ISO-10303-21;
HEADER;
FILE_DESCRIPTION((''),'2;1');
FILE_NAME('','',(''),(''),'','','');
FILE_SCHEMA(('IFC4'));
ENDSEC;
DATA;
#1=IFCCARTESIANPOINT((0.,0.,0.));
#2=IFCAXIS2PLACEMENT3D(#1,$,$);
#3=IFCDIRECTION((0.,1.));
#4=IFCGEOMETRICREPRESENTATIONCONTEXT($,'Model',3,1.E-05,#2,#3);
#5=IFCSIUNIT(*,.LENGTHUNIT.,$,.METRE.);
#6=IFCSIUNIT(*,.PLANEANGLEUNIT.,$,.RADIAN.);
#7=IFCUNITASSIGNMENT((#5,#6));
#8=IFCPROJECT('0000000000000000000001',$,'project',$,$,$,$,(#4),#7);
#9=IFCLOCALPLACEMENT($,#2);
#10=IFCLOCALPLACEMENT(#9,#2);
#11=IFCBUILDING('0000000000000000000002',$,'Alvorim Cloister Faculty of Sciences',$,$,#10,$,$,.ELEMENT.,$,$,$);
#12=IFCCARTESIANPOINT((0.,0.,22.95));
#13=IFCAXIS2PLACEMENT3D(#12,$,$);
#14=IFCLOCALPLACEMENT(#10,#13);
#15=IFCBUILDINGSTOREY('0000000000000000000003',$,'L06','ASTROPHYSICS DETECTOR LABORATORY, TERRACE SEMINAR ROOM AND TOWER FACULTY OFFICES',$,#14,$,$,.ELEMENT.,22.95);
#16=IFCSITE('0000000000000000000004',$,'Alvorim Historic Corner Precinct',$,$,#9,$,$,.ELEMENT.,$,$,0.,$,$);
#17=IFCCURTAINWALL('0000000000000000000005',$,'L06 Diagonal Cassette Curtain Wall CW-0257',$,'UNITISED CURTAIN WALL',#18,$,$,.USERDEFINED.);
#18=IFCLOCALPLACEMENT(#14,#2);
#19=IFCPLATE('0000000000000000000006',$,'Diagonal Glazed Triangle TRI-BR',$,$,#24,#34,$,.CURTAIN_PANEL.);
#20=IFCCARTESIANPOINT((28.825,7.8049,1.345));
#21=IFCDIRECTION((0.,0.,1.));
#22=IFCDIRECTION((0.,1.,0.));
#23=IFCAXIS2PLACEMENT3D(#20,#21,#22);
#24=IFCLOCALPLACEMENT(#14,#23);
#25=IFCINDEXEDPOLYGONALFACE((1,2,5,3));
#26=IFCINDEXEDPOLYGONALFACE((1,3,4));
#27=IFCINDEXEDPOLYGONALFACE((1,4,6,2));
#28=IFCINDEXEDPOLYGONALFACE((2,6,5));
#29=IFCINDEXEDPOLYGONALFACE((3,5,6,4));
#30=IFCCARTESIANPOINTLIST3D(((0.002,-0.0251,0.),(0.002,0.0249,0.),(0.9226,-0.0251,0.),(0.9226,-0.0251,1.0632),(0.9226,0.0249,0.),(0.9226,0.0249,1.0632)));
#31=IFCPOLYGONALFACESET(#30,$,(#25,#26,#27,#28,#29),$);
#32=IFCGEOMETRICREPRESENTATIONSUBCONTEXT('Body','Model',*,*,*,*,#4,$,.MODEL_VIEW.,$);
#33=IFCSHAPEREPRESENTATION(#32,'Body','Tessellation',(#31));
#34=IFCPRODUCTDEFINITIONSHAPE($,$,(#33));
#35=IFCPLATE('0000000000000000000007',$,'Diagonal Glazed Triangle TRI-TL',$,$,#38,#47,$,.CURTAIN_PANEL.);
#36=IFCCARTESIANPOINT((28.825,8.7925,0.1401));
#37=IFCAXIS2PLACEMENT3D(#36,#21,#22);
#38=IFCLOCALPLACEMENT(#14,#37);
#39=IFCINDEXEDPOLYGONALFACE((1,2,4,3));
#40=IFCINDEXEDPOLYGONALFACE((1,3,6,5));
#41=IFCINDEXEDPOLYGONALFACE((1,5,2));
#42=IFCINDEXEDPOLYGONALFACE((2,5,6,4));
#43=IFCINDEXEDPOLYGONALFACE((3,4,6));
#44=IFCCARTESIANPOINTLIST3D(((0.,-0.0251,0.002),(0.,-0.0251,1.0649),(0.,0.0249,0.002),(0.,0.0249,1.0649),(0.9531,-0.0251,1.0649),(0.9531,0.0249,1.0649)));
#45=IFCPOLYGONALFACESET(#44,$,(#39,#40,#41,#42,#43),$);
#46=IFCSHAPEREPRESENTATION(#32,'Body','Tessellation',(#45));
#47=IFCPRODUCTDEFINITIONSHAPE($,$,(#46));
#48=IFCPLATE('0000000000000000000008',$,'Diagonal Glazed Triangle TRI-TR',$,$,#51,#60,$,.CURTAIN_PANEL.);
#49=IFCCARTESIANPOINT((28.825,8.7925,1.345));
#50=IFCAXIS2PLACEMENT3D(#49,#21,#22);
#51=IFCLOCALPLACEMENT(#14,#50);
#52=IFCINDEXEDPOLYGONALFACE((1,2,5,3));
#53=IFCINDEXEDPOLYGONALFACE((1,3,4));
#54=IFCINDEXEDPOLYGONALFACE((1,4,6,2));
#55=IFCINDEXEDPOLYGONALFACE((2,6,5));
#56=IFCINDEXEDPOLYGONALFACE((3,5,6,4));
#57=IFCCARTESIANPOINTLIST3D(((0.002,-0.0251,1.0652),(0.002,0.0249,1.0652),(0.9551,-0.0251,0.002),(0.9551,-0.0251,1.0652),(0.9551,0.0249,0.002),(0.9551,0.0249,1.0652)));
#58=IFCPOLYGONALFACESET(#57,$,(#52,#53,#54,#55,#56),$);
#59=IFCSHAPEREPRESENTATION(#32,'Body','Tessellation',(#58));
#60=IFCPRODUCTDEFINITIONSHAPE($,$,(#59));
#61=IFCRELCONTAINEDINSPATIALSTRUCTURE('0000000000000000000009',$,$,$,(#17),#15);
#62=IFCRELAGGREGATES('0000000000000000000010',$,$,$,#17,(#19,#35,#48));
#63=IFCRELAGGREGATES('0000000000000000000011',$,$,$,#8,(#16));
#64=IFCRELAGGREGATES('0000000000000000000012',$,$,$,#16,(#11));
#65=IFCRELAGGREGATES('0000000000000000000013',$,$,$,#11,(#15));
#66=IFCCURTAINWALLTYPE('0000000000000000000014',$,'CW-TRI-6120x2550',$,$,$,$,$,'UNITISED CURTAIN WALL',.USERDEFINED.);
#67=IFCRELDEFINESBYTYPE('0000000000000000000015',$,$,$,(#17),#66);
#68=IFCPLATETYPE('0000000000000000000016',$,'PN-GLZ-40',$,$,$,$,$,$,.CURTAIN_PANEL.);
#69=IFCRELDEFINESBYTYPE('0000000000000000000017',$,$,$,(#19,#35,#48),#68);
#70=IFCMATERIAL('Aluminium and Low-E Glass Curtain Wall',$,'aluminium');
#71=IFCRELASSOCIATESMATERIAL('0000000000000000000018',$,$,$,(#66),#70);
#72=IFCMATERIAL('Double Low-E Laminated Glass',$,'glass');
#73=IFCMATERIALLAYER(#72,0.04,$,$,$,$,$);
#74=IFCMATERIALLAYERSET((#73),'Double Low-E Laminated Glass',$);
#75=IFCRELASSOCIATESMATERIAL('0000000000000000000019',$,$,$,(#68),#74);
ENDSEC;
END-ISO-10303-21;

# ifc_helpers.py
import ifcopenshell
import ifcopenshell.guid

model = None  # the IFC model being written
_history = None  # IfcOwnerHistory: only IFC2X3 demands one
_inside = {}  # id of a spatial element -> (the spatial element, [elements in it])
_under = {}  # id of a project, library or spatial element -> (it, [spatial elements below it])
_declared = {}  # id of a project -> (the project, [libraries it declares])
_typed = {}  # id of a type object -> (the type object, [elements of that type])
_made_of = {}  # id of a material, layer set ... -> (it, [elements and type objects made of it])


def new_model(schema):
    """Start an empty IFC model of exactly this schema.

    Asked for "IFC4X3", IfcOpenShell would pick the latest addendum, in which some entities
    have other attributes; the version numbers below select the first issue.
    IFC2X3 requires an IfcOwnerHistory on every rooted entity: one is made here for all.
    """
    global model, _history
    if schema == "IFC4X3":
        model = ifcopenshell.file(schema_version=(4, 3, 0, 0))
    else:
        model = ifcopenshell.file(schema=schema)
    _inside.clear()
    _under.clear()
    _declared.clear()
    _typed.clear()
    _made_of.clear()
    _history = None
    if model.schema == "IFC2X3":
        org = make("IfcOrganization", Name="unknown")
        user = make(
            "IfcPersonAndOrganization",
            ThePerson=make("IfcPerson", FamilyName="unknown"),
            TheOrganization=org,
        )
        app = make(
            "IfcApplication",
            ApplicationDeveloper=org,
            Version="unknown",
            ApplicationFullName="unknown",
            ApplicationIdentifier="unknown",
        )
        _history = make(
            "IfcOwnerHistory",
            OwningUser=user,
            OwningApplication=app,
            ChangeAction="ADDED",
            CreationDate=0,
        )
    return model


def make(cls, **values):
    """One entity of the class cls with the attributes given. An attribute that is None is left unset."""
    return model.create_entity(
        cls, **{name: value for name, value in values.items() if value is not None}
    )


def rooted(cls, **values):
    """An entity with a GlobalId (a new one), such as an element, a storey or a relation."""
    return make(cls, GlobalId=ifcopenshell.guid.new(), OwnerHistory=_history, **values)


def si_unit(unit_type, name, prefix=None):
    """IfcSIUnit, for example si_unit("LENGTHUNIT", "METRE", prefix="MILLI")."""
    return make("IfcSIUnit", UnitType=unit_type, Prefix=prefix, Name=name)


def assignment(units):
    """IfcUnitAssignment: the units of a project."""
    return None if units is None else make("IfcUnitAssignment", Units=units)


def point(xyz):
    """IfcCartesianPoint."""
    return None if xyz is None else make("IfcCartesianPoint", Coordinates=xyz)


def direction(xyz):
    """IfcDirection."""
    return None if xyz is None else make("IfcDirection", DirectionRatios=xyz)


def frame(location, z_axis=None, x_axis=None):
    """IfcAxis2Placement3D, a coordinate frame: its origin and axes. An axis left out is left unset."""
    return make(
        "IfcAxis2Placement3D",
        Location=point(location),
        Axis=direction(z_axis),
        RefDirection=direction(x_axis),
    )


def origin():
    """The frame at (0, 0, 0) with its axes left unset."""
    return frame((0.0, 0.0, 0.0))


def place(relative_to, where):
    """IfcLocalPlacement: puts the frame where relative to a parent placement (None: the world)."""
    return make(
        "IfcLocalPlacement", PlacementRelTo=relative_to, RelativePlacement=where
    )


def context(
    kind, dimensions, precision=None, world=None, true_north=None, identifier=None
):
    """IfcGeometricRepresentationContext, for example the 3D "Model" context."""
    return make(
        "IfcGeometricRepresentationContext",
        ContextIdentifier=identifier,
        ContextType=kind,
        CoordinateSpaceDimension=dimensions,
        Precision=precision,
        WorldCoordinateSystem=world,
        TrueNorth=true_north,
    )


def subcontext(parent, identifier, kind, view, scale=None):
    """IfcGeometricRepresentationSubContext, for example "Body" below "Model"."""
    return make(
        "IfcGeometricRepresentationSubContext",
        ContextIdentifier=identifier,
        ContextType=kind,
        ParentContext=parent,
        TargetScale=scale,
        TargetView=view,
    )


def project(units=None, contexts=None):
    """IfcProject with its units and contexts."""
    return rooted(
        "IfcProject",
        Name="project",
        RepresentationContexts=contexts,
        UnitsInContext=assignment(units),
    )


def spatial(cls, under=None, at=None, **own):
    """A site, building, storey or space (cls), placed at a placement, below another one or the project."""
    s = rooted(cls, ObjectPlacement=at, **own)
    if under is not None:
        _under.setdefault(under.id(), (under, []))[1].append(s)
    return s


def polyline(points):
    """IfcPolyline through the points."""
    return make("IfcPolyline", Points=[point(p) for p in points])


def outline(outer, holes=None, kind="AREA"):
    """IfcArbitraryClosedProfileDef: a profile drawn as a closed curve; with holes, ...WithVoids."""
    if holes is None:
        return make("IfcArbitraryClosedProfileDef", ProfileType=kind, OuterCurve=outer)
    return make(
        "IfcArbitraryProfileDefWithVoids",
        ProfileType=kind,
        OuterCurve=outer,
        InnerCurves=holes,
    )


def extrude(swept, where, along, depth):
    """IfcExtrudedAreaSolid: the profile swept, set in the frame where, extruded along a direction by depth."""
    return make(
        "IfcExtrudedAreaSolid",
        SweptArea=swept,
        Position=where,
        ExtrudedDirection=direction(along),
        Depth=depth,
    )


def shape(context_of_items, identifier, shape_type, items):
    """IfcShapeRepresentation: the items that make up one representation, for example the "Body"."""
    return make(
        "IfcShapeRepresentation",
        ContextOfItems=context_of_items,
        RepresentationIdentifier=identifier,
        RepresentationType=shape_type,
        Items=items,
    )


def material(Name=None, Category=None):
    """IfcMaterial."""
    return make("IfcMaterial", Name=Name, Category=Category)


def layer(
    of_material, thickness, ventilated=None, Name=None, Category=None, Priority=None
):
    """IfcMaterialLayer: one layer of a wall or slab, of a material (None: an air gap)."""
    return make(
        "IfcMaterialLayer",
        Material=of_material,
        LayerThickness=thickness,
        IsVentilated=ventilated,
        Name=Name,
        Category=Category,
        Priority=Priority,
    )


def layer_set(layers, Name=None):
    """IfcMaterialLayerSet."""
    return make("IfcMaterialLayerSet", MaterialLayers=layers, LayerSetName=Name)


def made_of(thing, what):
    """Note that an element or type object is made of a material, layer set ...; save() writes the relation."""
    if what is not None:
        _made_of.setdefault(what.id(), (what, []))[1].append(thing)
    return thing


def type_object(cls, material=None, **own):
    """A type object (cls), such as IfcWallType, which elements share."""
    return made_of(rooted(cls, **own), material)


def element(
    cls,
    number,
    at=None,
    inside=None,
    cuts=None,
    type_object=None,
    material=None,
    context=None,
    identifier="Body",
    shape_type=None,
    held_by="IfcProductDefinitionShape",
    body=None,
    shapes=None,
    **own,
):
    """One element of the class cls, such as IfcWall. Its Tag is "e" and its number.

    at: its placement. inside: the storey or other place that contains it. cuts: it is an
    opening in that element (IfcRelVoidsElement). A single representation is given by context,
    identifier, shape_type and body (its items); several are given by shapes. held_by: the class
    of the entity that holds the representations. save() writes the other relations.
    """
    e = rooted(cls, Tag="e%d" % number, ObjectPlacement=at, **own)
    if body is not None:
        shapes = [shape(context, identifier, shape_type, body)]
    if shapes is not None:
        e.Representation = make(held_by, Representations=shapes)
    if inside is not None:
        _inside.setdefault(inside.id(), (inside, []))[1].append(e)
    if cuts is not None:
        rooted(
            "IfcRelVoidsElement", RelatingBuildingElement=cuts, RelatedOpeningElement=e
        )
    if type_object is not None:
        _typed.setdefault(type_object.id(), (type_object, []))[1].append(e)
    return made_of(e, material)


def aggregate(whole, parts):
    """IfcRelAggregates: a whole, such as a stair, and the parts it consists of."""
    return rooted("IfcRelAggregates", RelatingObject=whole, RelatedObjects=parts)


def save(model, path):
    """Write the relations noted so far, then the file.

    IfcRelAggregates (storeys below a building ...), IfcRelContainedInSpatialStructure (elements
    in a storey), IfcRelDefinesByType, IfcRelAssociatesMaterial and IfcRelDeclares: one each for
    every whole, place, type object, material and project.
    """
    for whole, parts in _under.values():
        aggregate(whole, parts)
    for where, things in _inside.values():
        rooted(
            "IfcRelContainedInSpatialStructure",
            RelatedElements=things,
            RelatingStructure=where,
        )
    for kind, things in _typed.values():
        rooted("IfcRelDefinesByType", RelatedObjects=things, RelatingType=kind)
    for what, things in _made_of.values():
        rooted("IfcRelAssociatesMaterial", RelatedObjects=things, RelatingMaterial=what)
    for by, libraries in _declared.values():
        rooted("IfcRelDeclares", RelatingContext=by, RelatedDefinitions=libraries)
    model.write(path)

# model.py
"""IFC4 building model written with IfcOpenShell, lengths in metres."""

from ifc_helpers import new_model, si_unit, direction, frame, origin, place, context, subcontext, project, spatial, polyline, outline, extrude, material, layer, layer_set, type_object, element, aggregate, save


model = new_model("IFC4")

# Units and contexts
model_context = context("Model", 3, precision=1e-05, world=origin(), true_north=direction((0.0, 1.0)))
body_context = subcontext(model_context, "Body", "Model", "MODEL_VIEW")
ifc_project = project(units=[si_unit("LENGTHUNIT", "METRE"), si_unit("PLANEANGLEUNIT", "RADIAN")], contexts=[model_context])

# Site, building, storey
site_placement = place(None, origin())
site = spatial("IfcSite", under=ifc_project, at=site_placement, Name="Alvorim Historic Corner Precinct", CompositionType="ELEMENT", RefElevation=0.0)
building_placement = place(site_placement, origin())
building = spatial("IfcBuilding", under=site, at=building_placement, Name="Alvorim Cloister Faculty of Sciences", CompositionType="ELEMENT")
storey_placement = place(building_placement, frame((0.0, 0.0, 22.95)))
storey = spatial("IfcBuildingStorey", under=building, at=storey_placement, Name="L06", Description="ASTROPHYSICS DETECTOR LABORATORY, TERRACE SEMINAR ROOM AND TOWER FACULTY OFFICES", CompositionType="ELEMENT", Elevation=22.95)

# Curtain wall, plates
ifc_material_1 = material(Name="Aluminium and Low-E Glass Curtain Wall", Category="aluminium")
curtain_wall_type = type_object("IfcCurtainWallType", Name="CW-TRI-6120x2550", ElementType="UNITISED CURTAIN WALL", PredefinedType="USERDEFINED", material=ifc_material_1)
curtain_wall_placement = place(storey_placement, origin())
curtain_wall = element("IfcCurtainWall", 1, at=curtain_wall_placement, inside=storey, type_object=curtain_wall_type, Name="L06 Diagonal Cassette Curtain Wall CW-0257", ObjectType="UNITISED CURTAIN WALL", PredefinedType="USERDEFINED")
ifc_material_2 = material(Name="Double Low-E Laminated Glass", Category="glass")
ifc_layer_1 = layer(ifc_material_2, 0.04)
ifc_layer_set_1 = layer_set([ifc_layer_1], Name="Double Low-E Laminated Glass")
plate_type = type_object("IfcPlateType", Name="PN-GLZ-40", PredefinedType="CURTAIN_PANEL", material=ifc_layer_set_1)
plate_1_placement = place(storey_placement, frame((28.825, 7.8049, 1.345), z_axis=(0.0, 0.0, 1.0), x_axis=(0.0, 1.0, 0.0)))
plate_1 = element("IfcPlate", 2, at=plate_1_placement, type_object=plate_type, Name="Diagonal Glazed Triangle TRI-BR", PredefinedType="CURTAIN_PANEL", context=body_context, shape_type="SweptSolid", body=[
    extrude(outline(polyline([(0.002, 0.0), (0.9226, 0.0), (0.9226, 1.0632), (0.002, 0.0)])), frame((0.0, 0.0249, 0.0), z_axis=(0.0, -1.0, 0.0), x_axis=(1.0, 0.0, 0.0)), (0.0, 0.0, 1.0), 0.05),
])
plate_2_placement = place(storey_placement, frame((28.825, 8.7925, 0.1401), z_axis=(0.0, 0.0, 1.0), x_axis=(0.0, 1.0, 0.0)))
plate_2 = element("IfcPlate", 3, at=plate_2_placement, type_object=plate_type, Name="Diagonal Glazed Triangle TRI-TL", PredefinedType="CURTAIN_PANEL", context=body_context, shape_type="SweptSolid", body=[
    extrude(outline(polyline([(0.9531, 1.0649), (0.0, 1.0649), (0.0, 0.002), (0.9531, 1.0649)])), frame((0.0, 0.0249, 0.0), z_axis=(0.0, -1.0, 0.0), x_axis=(1.0, 0.0, 0.0)), (0.0, 0.0, 1.0), 0.05),
])
plate_3_placement = place(storey_placement, frame((28.825, 8.7925, 1.345), z_axis=(0.0, 0.0, 1.0), x_axis=(0.0, 1.0, 0.0)))
plate_3 = element("IfcPlate", 4, at=plate_3_placement, type_object=plate_type, Name="Diagonal Glazed Triangle TRI-TR", PredefinedType="CURTAIN_PANEL", context=body_context, shape_type="SweptSolid", body=[
    extrude(outline(polyline([(0.9551, 0.002), (0.9551, 1.0652), (0.002, 1.0652), (0.9551, 0.002)])), frame((0.0, 0.0249, 0.0), z_axis=(0.0, -1.0, 0.0), x_axis=(1.0, 0.0, 0.0)), (0.0, 0.0, 1.0), 0.05),
])
aggregate(curtain_wall, [plate_1, plate_2, plate_3])

save(model, "model.ifc")
